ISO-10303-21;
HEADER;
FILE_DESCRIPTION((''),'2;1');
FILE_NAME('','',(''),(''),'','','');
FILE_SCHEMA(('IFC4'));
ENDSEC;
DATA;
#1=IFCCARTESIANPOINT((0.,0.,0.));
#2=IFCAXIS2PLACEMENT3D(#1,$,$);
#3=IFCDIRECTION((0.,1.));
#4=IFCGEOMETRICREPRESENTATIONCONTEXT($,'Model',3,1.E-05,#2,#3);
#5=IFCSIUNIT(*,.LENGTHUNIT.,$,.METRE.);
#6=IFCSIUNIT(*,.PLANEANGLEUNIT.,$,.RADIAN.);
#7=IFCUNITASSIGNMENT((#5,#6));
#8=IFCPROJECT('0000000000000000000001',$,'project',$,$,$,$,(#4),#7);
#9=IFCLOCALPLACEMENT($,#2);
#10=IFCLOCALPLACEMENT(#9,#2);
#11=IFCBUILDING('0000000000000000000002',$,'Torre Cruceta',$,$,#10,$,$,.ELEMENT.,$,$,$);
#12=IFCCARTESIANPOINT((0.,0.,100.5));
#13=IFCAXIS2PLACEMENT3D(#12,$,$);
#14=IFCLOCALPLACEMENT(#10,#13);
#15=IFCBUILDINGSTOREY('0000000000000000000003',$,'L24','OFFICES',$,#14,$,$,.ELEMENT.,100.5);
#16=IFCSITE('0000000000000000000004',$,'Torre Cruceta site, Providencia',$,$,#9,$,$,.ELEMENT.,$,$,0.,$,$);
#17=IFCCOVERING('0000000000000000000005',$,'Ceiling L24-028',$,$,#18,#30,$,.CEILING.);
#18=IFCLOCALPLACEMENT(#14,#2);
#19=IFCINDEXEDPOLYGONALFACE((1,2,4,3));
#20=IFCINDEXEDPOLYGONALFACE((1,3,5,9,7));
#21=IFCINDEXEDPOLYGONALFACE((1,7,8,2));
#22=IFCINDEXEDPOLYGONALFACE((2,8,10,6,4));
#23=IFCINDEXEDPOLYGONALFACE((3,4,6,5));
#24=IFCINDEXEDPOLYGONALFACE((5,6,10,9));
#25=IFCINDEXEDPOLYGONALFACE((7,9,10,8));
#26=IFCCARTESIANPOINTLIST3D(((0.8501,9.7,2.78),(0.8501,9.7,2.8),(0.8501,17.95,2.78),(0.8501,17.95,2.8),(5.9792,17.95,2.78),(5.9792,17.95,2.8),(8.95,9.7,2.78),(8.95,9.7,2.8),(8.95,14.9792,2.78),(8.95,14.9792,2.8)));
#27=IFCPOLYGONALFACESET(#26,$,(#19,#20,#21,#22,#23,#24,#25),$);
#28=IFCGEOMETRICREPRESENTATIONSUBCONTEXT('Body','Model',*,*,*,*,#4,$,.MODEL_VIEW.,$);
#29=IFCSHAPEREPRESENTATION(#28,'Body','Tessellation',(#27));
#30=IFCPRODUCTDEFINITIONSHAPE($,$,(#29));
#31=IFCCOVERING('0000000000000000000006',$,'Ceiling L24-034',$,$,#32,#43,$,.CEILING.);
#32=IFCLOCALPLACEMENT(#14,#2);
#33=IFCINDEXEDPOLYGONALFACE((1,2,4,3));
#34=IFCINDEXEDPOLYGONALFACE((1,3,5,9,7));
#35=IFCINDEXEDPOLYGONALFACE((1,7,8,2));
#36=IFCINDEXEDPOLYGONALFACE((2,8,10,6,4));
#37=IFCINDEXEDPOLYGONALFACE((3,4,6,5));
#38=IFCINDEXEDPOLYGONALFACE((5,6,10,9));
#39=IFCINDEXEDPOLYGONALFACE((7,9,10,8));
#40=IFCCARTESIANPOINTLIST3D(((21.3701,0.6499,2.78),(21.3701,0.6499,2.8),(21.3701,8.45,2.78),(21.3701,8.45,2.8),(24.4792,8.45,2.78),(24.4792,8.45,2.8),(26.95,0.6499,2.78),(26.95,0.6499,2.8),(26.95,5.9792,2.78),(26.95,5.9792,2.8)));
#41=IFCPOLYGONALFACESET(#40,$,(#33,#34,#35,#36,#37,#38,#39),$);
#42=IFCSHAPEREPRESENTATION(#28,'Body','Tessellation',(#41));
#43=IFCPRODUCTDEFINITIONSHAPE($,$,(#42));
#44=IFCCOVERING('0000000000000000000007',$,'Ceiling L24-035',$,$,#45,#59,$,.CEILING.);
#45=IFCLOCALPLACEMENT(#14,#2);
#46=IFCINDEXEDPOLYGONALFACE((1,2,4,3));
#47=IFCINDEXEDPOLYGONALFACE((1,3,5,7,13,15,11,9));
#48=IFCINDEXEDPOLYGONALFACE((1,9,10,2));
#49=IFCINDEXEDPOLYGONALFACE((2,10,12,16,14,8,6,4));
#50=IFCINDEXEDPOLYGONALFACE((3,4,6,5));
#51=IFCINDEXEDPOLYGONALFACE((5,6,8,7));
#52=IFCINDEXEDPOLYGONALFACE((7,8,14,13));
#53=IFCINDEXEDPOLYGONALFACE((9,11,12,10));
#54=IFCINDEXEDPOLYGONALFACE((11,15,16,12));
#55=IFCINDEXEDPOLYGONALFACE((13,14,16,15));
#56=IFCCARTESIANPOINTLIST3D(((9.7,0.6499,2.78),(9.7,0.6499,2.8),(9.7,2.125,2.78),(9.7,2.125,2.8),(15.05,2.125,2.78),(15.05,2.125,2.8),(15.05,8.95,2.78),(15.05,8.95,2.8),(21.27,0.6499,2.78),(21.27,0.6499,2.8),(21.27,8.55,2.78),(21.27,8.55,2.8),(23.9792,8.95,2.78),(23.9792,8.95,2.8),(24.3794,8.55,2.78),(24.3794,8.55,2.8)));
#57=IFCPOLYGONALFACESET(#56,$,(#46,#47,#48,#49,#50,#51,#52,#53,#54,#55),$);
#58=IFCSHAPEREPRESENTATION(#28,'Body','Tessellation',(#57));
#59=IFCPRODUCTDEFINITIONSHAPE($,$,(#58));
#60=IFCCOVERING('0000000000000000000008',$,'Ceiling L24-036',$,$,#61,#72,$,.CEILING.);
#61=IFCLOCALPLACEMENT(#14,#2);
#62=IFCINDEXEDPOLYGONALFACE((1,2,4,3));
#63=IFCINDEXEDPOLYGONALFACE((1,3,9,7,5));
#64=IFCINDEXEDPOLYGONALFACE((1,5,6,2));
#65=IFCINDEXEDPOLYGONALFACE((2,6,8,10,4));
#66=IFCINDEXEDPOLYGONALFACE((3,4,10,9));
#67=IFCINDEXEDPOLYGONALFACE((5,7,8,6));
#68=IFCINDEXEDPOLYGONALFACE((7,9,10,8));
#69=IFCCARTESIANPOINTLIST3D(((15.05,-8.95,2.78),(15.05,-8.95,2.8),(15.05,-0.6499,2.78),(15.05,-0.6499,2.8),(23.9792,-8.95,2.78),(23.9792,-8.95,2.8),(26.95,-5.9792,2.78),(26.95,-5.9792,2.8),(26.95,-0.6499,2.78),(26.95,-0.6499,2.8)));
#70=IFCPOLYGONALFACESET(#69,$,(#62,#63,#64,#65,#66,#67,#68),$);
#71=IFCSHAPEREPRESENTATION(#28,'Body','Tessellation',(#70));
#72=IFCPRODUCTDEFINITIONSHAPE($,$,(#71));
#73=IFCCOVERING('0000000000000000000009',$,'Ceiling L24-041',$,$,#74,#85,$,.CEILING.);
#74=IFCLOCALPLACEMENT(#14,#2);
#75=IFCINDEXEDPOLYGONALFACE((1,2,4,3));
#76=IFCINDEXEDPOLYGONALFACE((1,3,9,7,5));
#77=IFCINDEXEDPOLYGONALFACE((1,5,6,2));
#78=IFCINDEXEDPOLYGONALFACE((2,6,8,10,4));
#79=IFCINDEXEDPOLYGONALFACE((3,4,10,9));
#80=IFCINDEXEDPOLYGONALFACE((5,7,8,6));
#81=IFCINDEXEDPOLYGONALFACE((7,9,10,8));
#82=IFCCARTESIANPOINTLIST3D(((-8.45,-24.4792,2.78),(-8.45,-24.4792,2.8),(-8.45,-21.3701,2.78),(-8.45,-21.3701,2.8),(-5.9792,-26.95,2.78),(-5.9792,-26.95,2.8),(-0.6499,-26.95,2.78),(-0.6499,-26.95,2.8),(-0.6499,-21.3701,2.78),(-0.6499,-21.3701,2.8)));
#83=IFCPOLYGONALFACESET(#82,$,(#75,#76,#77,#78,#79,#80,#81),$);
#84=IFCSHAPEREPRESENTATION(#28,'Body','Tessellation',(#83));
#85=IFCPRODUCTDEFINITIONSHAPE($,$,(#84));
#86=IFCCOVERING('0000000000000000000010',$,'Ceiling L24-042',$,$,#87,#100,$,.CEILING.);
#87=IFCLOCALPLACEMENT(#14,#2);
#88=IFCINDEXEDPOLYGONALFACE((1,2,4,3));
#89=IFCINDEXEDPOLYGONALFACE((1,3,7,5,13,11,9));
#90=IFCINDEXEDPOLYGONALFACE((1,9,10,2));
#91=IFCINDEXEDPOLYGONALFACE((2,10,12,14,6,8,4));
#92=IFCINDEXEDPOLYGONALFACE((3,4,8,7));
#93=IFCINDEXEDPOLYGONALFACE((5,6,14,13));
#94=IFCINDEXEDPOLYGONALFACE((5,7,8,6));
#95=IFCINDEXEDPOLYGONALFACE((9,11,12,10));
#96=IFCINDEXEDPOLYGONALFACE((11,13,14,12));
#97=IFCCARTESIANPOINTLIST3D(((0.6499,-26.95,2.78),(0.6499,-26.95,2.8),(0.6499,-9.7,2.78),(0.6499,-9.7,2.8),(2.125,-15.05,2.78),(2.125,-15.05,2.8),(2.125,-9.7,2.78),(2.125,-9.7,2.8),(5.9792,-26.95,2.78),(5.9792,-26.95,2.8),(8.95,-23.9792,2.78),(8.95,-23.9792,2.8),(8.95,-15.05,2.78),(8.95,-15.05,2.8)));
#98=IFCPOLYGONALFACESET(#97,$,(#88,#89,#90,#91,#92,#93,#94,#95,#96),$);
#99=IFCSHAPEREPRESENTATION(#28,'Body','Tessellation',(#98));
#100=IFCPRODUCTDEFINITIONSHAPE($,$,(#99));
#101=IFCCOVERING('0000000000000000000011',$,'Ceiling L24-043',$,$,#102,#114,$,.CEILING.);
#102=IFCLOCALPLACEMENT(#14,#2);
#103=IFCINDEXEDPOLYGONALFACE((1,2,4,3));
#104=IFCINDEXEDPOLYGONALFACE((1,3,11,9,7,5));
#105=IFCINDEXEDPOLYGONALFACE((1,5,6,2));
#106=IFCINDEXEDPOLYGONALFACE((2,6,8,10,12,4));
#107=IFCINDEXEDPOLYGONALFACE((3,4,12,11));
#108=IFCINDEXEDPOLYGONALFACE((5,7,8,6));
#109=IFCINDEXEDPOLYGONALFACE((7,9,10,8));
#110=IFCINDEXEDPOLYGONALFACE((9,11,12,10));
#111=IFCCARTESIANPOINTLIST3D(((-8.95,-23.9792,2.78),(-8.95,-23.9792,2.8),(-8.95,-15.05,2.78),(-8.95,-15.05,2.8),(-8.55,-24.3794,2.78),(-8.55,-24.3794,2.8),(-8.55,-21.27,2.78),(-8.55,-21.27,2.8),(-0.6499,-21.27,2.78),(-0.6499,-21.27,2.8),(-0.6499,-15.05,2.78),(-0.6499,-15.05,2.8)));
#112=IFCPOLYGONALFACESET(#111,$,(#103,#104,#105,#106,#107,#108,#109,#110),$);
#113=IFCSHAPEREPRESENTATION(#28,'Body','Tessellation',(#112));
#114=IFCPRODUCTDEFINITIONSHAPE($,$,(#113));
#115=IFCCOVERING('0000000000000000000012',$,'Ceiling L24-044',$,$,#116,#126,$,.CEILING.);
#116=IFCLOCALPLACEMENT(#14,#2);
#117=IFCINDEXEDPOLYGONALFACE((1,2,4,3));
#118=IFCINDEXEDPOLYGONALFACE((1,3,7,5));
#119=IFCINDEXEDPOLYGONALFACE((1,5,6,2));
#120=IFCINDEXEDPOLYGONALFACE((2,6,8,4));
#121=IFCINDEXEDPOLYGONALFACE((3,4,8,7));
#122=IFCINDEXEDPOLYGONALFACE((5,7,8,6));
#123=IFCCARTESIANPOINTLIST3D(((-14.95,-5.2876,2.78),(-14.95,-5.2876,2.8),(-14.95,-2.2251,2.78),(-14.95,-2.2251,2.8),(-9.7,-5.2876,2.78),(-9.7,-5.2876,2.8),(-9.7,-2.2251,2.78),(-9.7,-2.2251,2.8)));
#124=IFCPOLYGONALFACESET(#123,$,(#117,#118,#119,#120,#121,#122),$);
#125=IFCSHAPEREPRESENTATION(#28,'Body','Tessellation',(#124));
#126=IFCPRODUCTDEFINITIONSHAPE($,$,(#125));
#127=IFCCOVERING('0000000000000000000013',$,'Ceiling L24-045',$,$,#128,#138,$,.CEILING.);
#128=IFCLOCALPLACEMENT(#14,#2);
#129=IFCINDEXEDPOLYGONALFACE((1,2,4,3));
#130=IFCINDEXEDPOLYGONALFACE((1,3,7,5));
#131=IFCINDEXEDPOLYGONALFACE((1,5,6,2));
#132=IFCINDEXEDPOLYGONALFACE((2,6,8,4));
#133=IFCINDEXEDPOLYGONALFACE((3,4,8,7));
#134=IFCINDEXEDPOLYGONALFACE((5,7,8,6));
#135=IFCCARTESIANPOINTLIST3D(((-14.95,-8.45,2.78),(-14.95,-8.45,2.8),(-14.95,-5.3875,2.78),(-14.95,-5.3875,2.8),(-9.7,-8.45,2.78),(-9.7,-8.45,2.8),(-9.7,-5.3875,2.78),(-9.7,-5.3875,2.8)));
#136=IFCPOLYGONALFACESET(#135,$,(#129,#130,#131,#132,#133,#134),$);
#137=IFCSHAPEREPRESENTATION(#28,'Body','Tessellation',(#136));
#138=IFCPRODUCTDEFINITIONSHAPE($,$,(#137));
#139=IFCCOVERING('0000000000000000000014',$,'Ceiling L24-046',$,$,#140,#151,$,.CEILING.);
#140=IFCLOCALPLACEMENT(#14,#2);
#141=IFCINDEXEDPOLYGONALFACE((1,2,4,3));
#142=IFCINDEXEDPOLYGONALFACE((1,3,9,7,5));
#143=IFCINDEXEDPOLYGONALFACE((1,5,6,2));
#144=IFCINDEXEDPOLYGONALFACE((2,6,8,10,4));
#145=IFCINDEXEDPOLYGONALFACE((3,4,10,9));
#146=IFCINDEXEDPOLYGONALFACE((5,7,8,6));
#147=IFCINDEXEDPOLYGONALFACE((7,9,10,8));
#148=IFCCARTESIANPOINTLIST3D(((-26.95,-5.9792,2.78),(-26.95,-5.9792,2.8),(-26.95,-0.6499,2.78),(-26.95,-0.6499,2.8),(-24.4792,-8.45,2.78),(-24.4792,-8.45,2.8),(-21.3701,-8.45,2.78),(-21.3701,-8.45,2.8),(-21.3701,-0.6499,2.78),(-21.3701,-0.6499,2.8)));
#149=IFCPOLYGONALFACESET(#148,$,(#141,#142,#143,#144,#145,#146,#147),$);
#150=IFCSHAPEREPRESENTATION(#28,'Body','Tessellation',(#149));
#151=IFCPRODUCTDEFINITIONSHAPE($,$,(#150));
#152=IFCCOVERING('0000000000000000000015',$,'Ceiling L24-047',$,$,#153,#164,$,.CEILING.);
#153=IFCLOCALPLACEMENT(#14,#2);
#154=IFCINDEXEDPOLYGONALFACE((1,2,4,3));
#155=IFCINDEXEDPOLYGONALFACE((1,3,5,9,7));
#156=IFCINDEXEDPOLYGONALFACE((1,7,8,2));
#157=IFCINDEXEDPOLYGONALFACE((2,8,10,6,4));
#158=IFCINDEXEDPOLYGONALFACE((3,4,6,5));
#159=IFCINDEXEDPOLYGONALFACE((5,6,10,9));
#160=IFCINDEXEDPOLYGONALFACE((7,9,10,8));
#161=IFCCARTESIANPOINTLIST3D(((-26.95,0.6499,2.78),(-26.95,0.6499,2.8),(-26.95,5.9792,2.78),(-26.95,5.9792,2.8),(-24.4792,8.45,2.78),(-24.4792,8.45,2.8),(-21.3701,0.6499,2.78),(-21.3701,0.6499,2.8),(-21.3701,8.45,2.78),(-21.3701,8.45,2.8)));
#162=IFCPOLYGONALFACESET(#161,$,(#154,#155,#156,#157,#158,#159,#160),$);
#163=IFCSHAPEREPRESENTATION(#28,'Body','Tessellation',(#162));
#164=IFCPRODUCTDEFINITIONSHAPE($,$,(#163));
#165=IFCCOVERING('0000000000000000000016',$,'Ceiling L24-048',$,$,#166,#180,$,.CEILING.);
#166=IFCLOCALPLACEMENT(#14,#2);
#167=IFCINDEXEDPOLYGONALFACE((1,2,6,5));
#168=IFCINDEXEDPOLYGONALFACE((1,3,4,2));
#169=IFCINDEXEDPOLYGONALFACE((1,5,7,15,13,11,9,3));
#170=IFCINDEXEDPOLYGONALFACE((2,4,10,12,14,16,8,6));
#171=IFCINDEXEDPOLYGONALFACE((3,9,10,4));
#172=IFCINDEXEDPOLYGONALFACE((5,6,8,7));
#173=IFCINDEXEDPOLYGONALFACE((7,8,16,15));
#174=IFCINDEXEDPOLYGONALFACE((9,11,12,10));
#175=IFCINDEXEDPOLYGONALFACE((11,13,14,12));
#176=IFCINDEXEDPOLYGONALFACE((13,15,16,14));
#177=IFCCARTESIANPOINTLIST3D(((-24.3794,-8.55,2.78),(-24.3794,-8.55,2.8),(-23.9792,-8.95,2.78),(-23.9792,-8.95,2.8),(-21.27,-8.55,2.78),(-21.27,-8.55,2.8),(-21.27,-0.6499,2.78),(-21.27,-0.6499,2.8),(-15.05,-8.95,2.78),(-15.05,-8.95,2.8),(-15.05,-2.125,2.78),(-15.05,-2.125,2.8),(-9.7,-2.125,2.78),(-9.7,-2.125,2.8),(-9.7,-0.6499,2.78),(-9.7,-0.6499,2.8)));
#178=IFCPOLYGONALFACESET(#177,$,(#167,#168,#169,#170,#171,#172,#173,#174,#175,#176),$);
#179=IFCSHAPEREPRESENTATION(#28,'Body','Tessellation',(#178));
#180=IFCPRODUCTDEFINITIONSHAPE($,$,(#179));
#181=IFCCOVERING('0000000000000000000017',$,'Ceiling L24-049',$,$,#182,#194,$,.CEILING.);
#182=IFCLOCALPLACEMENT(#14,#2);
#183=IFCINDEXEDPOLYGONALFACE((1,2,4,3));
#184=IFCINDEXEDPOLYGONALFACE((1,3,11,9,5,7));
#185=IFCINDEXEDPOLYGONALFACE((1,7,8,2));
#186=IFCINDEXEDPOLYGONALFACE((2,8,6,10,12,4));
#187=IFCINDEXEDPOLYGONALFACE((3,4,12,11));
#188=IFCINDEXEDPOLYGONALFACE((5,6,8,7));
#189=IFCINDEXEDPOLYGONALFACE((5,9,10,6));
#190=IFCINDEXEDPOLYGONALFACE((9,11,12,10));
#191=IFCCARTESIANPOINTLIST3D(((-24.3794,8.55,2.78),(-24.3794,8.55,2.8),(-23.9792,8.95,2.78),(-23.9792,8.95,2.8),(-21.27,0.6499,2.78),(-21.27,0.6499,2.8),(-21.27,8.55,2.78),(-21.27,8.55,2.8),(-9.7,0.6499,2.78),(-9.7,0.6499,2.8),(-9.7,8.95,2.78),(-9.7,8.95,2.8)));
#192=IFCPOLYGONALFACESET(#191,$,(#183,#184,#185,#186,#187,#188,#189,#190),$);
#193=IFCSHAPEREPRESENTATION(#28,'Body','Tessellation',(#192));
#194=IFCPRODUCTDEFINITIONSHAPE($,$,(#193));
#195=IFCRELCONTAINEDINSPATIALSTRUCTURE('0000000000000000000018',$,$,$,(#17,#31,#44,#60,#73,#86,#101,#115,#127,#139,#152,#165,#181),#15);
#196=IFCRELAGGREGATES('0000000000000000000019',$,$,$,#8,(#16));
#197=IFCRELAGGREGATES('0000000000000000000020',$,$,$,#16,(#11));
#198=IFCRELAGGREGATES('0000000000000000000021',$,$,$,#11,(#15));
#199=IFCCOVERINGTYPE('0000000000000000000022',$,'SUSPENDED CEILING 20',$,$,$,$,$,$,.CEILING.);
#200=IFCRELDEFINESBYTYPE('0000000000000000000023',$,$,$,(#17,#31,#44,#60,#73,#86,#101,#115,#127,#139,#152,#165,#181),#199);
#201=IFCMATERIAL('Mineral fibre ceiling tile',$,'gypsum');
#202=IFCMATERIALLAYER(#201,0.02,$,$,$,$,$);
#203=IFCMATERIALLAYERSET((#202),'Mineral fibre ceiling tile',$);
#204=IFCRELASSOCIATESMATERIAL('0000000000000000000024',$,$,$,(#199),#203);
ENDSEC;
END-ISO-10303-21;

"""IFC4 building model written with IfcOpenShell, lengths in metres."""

from ifc_helpers import new_model, si_unit, direction, frame, origin, place, context, subcontext, project, spatial, polyline, outline, extrude, material, layer, layer_set, type_object, element, save


model = new_model("IFC4")

# Units and contexts
model_context = context("Model", 3, precision=1e-05, world=origin(), true_north=direction((0.0, 1.0)))
body_context = subcontext(model_context, "Body", "Model", "MODEL_VIEW")
ifc_project = project(units=[si_unit("LENGTHUNIT", "METRE"), si_unit("PLANEANGLEUNIT", "RADIAN")], contexts=[model_context])

# Site, building, storey
site_placement = place(None, origin())
site = spatial("IfcSite", under=ifc_project, at=site_placement, Name="Torre Cruceta site, Providencia", CompositionType="ELEMENT", RefElevation=0.0)
building_placement = place(site_placement, origin())
building = spatial("IfcBuilding", under=site, at=building_placement, Name="Torre Cruceta", CompositionType="ELEMENT")
storey_placement = place(building_placement, frame((0.0, 0.0, 100.5)))
storey = spatial("IfcBuildingStorey", under=building, at=storey_placement, Name="L24", Description="OFFICES", CompositionType="ELEMENT", Elevation=100.5)

# Coverings
ifc_material_1 = material(Name="Mineral fibre ceiling tile", Category="gypsum")
ifc_layer_1 = layer(ifc_material_1, 0.02)
ifc_layer_set_1 = layer_set([ifc_layer_1], Name="Mineral fibre ceiling tile")
covering_type_1 = type_object("IfcCoveringType", Name="SUSPENDED CEILING 20", PredefinedType="CEILING", material=ifc_layer_set_1)
covering_1_placement = place(storey_placement, frame((0.0, 0.0, 2.78)))
element("IfcCovering", 1, at=covering_1_placement, inside=storey, type_object=covering_type_1, Name="Ceiling L24-028", PredefinedType="CEILING", context=body_context, shape_type="SweptSolid", body=[
    extrude(outline(polyline([(5.9792, 17.95), (8.95, 14.9792), (8.95, 9.7), (0.8501, 9.7), (0.8501, 17.95), (5.9792, 17.95)])), origin(), (0.0, 0.0, 1.0), 0.02),
])
covering_2_placement = place(storey_placement, frame((0.0, 0.0, 2.78)))
element("IfcCovering", 2, at=covering_2_placement, inside=storey, type_object=covering_type_1, Name="Ceiling L24-034", PredefinedType="CEILING", context=body_context, shape_type="SweptSolid", body=[
    extrude(outline(polyline([(26.95, 0.6499), (21.3701, 0.6499), (21.3701, 8.45), (24.4792, 8.45), (26.95, 5.9792), (26.95, 0.6499)])), origin(), (0.0, 0.0, 1.0), 0.02),
])
covering_3_placement = place(storey_placement, frame((0.0, 0.0, 2.78)))
element("IfcCovering", 3, at=covering_3_placement, inside=storey, type_object=covering_type_1, Name="Ceiling L24-035", PredefinedType="CEILING", context=body_context, shape_type="SweptSolid", body=[
    extrude(outline(polyline([(9.7, 2.125), (15.05, 2.125), (15.05, 8.95), (23.9792, 8.95), (24.3794, 8.55), (21.27, 8.55), (21.27, 0.6499), (9.7, 0.6499), (9.7, 2.125)])), origin(), (0.0, 0.0, 1.0), 0.02),
])
covering_4_placement = place(storey_placement, frame((0.0, 0.0, 2.78)))
element("IfcCovering", 4, at=covering_4_placement, inside=storey, type_object=covering_type_1, Name="Ceiling L24-036", PredefinedType="CEILING", context=body_context, shape_type="SweptSolid", body=[
    extrude(outline(polyline([(23.9792, -8.95), (15.05, -8.95), (15.05, -0.6499), (26.95, -0.6499), (26.95, -5.9792), (23.9792, -8.95)])), origin(), (0.0, 0.0, 1.0), 0.02),
])
covering_5_placement = place(storey_placement, frame((0.0, 0.0, 2.78)))
element("IfcCovering", 5, at=covering_5_placement, inside=storey, type_object=covering_type_1, Name="Ceiling L24-041", PredefinedType="CEILING", context=body_context, shape_type="SweptSolid", body=[
    extrude(outline(polyline([(-8.45, -24.4792), (-8.45, -21.3701), (-0.6499, -21.3701), (-0.6499, -26.95), (-5.9792, -26.95), (-8.45, -24.4792)])), origin(), (0.0, 0.0, 1.0), 0.02),
])
covering_6_placement = place(storey_placement, frame((0.0, 0.0, 2.78)))
element("IfcCovering", 6, at=covering_6_placement, inside=storey, type_object=covering_type_1, Name="Ceiling L24-042", PredefinedType="CEILING", context=body_context, shape_type="SweptSolid", body=[
    extrude(outline(polyline([(2.125, -9.7), (2.125, -15.05), (8.95, -15.05), (8.95, -23.9792), (5.9792, -26.95), (0.6499, -26.95), (0.6499, -9.7), (2.125, -9.7)])), origin(), (0.0, 0.0, 1.0), 0.02),
])
covering_7_placement = place(storey_placement, frame((0.0, 0.0, 2.78)))
element("IfcCovering", 7, at=covering_7_placement, inside=storey, type_object=covering_type_1, Name="Ceiling L24-043", PredefinedType="CEILING", context=body_context, shape_type="SweptSolid", body=[
    extrude(outline(polyline([(-8.55, -21.27), (-8.55, -24.3794), (-8.95, -23.9792), (-8.95, -15.05), (-0.6499, -15.05), (-0.6499, -21.27), (-8.55, -21.27)])), origin(), (0.0, 0.0, 1.0), 0.02),
])
covering_8_placement = place(storey_placement, frame((0.0, 0.0, 2.78)))
element("IfcCovering", 8, at=covering_8_placement, inside=storey, type_object=covering_type_1, Name="Ceiling L24-044", PredefinedType="CEILING", context=body_context, shape_type="SweptSolid", body=[
    extrude(outline(polyline([(-9.7, -2.2251), (-9.7, -5.2876), (-14.95, -5.2876), (-14.95, -2.2251), (-9.7, -2.2251)])), origin(), (0.0, 0.0, 1.0), 0.02),
])
covering_9_placement = place(storey_placement, frame((0.0, 0.0, 2.78)))
element("IfcCovering", 9, at=covering_9_placement, inside=storey, type_object=covering_type_1, Name="Ceiling L24-045", PredefinedType="CEILING", context=body_context, shape_type="SweptSolid", body=[
    extrude(outline(polyline([(-9.7, -5.3875), (-9.7, -8.45), (-14.95, -8.45), (-14.95, -5.3875), (-9.7, -5.3875)])), origin(), (0.0, 0.0, 1.0), 0.02),
])
covering_10_placement = place(storey_placement, frame((0.0, 0.0, 2.78)))
element("IfcCovering", 10, at=covering_10_placement, inside=storey, type_object=covering_type_1, Name="Ceiling L24-046", PredefinedType="CEILING", context=body_context, shape_type="SweptSolid", body=[
    extrude(outline(polyline([(-26.95, -0.6499), (-21.3701, -0.6499), (-21.3701, -8.45), (-24.4792, -8.45), (-26.95, -5.9792), (-26.95, -0.6499)])), origin(), (0.0, 0.0, 1.0), 0.02),
])
covering_11_placement = place(storey_placement, frame((0.0, 0.0, 2.78)))
element("IfcCovering", 11, at=covering_11_placement, inside=storey, type_object=covering_type_1, Name="Ceiling L24-047", PredefinedType="CEILING", context=body_context, shape_type="SweptSolid", body=[
    extrude(outline(polyline([(-24.4792, 8.45), (-21.3701, 8.45), (-21.3701, 0.6499), (-26.95, 0.6499), (-26.95, 5.9792), (-24.4792, 8.45)])), origin(), (0.0, 0.0, 1.0), 0.02),
])
covering_12_placement = place(storey_placement, frame((0.0, 0.0, 2.78)))
element("IfcCovering", 12, at=covering_12_placement, inside=storey, type_object=covering_type_1, Name="Ceiling L24-048", PredefinedType="CEILING", context=body_context, shape_type="SweptSolid", body=[
    extrude(outline(polyline([(-21.27, -0.6499), (-9.7, -0.6499), (-9.7, -2.125), (-15.05, -2.125), (-15.05, -8.95), (-23.9792, -8.95), (-24.3794, -8.55), (-21.27, -8.55), (-21.27, -0.6499)])), origin(), (0.0, 0.0, 1.0), 0.02),
])
covering_13_placement = place(storey_placement, frame((0.0, 0.0, 2.78)))
element("IfcCovering", 13, at=covering_13_placement, inside=storey, type_object=covering_type_1, Name="Ceiling L24-049", PredefinedType="CEILING", context=body_context, shape_type="SweptSolid", body=[
    extrude(outline(polyline([(-21.27, 8.55), (-24.3794, 8.55), (-23.9792, 8.95), (-9.7, 8.95), (-9.7, 0.6499), (-21.27, 0.6499), (-21.27, 8.55)])), origin(), (0.0, 0.0, 1.0), 0.02),
])

save(model, "model.ifc")
